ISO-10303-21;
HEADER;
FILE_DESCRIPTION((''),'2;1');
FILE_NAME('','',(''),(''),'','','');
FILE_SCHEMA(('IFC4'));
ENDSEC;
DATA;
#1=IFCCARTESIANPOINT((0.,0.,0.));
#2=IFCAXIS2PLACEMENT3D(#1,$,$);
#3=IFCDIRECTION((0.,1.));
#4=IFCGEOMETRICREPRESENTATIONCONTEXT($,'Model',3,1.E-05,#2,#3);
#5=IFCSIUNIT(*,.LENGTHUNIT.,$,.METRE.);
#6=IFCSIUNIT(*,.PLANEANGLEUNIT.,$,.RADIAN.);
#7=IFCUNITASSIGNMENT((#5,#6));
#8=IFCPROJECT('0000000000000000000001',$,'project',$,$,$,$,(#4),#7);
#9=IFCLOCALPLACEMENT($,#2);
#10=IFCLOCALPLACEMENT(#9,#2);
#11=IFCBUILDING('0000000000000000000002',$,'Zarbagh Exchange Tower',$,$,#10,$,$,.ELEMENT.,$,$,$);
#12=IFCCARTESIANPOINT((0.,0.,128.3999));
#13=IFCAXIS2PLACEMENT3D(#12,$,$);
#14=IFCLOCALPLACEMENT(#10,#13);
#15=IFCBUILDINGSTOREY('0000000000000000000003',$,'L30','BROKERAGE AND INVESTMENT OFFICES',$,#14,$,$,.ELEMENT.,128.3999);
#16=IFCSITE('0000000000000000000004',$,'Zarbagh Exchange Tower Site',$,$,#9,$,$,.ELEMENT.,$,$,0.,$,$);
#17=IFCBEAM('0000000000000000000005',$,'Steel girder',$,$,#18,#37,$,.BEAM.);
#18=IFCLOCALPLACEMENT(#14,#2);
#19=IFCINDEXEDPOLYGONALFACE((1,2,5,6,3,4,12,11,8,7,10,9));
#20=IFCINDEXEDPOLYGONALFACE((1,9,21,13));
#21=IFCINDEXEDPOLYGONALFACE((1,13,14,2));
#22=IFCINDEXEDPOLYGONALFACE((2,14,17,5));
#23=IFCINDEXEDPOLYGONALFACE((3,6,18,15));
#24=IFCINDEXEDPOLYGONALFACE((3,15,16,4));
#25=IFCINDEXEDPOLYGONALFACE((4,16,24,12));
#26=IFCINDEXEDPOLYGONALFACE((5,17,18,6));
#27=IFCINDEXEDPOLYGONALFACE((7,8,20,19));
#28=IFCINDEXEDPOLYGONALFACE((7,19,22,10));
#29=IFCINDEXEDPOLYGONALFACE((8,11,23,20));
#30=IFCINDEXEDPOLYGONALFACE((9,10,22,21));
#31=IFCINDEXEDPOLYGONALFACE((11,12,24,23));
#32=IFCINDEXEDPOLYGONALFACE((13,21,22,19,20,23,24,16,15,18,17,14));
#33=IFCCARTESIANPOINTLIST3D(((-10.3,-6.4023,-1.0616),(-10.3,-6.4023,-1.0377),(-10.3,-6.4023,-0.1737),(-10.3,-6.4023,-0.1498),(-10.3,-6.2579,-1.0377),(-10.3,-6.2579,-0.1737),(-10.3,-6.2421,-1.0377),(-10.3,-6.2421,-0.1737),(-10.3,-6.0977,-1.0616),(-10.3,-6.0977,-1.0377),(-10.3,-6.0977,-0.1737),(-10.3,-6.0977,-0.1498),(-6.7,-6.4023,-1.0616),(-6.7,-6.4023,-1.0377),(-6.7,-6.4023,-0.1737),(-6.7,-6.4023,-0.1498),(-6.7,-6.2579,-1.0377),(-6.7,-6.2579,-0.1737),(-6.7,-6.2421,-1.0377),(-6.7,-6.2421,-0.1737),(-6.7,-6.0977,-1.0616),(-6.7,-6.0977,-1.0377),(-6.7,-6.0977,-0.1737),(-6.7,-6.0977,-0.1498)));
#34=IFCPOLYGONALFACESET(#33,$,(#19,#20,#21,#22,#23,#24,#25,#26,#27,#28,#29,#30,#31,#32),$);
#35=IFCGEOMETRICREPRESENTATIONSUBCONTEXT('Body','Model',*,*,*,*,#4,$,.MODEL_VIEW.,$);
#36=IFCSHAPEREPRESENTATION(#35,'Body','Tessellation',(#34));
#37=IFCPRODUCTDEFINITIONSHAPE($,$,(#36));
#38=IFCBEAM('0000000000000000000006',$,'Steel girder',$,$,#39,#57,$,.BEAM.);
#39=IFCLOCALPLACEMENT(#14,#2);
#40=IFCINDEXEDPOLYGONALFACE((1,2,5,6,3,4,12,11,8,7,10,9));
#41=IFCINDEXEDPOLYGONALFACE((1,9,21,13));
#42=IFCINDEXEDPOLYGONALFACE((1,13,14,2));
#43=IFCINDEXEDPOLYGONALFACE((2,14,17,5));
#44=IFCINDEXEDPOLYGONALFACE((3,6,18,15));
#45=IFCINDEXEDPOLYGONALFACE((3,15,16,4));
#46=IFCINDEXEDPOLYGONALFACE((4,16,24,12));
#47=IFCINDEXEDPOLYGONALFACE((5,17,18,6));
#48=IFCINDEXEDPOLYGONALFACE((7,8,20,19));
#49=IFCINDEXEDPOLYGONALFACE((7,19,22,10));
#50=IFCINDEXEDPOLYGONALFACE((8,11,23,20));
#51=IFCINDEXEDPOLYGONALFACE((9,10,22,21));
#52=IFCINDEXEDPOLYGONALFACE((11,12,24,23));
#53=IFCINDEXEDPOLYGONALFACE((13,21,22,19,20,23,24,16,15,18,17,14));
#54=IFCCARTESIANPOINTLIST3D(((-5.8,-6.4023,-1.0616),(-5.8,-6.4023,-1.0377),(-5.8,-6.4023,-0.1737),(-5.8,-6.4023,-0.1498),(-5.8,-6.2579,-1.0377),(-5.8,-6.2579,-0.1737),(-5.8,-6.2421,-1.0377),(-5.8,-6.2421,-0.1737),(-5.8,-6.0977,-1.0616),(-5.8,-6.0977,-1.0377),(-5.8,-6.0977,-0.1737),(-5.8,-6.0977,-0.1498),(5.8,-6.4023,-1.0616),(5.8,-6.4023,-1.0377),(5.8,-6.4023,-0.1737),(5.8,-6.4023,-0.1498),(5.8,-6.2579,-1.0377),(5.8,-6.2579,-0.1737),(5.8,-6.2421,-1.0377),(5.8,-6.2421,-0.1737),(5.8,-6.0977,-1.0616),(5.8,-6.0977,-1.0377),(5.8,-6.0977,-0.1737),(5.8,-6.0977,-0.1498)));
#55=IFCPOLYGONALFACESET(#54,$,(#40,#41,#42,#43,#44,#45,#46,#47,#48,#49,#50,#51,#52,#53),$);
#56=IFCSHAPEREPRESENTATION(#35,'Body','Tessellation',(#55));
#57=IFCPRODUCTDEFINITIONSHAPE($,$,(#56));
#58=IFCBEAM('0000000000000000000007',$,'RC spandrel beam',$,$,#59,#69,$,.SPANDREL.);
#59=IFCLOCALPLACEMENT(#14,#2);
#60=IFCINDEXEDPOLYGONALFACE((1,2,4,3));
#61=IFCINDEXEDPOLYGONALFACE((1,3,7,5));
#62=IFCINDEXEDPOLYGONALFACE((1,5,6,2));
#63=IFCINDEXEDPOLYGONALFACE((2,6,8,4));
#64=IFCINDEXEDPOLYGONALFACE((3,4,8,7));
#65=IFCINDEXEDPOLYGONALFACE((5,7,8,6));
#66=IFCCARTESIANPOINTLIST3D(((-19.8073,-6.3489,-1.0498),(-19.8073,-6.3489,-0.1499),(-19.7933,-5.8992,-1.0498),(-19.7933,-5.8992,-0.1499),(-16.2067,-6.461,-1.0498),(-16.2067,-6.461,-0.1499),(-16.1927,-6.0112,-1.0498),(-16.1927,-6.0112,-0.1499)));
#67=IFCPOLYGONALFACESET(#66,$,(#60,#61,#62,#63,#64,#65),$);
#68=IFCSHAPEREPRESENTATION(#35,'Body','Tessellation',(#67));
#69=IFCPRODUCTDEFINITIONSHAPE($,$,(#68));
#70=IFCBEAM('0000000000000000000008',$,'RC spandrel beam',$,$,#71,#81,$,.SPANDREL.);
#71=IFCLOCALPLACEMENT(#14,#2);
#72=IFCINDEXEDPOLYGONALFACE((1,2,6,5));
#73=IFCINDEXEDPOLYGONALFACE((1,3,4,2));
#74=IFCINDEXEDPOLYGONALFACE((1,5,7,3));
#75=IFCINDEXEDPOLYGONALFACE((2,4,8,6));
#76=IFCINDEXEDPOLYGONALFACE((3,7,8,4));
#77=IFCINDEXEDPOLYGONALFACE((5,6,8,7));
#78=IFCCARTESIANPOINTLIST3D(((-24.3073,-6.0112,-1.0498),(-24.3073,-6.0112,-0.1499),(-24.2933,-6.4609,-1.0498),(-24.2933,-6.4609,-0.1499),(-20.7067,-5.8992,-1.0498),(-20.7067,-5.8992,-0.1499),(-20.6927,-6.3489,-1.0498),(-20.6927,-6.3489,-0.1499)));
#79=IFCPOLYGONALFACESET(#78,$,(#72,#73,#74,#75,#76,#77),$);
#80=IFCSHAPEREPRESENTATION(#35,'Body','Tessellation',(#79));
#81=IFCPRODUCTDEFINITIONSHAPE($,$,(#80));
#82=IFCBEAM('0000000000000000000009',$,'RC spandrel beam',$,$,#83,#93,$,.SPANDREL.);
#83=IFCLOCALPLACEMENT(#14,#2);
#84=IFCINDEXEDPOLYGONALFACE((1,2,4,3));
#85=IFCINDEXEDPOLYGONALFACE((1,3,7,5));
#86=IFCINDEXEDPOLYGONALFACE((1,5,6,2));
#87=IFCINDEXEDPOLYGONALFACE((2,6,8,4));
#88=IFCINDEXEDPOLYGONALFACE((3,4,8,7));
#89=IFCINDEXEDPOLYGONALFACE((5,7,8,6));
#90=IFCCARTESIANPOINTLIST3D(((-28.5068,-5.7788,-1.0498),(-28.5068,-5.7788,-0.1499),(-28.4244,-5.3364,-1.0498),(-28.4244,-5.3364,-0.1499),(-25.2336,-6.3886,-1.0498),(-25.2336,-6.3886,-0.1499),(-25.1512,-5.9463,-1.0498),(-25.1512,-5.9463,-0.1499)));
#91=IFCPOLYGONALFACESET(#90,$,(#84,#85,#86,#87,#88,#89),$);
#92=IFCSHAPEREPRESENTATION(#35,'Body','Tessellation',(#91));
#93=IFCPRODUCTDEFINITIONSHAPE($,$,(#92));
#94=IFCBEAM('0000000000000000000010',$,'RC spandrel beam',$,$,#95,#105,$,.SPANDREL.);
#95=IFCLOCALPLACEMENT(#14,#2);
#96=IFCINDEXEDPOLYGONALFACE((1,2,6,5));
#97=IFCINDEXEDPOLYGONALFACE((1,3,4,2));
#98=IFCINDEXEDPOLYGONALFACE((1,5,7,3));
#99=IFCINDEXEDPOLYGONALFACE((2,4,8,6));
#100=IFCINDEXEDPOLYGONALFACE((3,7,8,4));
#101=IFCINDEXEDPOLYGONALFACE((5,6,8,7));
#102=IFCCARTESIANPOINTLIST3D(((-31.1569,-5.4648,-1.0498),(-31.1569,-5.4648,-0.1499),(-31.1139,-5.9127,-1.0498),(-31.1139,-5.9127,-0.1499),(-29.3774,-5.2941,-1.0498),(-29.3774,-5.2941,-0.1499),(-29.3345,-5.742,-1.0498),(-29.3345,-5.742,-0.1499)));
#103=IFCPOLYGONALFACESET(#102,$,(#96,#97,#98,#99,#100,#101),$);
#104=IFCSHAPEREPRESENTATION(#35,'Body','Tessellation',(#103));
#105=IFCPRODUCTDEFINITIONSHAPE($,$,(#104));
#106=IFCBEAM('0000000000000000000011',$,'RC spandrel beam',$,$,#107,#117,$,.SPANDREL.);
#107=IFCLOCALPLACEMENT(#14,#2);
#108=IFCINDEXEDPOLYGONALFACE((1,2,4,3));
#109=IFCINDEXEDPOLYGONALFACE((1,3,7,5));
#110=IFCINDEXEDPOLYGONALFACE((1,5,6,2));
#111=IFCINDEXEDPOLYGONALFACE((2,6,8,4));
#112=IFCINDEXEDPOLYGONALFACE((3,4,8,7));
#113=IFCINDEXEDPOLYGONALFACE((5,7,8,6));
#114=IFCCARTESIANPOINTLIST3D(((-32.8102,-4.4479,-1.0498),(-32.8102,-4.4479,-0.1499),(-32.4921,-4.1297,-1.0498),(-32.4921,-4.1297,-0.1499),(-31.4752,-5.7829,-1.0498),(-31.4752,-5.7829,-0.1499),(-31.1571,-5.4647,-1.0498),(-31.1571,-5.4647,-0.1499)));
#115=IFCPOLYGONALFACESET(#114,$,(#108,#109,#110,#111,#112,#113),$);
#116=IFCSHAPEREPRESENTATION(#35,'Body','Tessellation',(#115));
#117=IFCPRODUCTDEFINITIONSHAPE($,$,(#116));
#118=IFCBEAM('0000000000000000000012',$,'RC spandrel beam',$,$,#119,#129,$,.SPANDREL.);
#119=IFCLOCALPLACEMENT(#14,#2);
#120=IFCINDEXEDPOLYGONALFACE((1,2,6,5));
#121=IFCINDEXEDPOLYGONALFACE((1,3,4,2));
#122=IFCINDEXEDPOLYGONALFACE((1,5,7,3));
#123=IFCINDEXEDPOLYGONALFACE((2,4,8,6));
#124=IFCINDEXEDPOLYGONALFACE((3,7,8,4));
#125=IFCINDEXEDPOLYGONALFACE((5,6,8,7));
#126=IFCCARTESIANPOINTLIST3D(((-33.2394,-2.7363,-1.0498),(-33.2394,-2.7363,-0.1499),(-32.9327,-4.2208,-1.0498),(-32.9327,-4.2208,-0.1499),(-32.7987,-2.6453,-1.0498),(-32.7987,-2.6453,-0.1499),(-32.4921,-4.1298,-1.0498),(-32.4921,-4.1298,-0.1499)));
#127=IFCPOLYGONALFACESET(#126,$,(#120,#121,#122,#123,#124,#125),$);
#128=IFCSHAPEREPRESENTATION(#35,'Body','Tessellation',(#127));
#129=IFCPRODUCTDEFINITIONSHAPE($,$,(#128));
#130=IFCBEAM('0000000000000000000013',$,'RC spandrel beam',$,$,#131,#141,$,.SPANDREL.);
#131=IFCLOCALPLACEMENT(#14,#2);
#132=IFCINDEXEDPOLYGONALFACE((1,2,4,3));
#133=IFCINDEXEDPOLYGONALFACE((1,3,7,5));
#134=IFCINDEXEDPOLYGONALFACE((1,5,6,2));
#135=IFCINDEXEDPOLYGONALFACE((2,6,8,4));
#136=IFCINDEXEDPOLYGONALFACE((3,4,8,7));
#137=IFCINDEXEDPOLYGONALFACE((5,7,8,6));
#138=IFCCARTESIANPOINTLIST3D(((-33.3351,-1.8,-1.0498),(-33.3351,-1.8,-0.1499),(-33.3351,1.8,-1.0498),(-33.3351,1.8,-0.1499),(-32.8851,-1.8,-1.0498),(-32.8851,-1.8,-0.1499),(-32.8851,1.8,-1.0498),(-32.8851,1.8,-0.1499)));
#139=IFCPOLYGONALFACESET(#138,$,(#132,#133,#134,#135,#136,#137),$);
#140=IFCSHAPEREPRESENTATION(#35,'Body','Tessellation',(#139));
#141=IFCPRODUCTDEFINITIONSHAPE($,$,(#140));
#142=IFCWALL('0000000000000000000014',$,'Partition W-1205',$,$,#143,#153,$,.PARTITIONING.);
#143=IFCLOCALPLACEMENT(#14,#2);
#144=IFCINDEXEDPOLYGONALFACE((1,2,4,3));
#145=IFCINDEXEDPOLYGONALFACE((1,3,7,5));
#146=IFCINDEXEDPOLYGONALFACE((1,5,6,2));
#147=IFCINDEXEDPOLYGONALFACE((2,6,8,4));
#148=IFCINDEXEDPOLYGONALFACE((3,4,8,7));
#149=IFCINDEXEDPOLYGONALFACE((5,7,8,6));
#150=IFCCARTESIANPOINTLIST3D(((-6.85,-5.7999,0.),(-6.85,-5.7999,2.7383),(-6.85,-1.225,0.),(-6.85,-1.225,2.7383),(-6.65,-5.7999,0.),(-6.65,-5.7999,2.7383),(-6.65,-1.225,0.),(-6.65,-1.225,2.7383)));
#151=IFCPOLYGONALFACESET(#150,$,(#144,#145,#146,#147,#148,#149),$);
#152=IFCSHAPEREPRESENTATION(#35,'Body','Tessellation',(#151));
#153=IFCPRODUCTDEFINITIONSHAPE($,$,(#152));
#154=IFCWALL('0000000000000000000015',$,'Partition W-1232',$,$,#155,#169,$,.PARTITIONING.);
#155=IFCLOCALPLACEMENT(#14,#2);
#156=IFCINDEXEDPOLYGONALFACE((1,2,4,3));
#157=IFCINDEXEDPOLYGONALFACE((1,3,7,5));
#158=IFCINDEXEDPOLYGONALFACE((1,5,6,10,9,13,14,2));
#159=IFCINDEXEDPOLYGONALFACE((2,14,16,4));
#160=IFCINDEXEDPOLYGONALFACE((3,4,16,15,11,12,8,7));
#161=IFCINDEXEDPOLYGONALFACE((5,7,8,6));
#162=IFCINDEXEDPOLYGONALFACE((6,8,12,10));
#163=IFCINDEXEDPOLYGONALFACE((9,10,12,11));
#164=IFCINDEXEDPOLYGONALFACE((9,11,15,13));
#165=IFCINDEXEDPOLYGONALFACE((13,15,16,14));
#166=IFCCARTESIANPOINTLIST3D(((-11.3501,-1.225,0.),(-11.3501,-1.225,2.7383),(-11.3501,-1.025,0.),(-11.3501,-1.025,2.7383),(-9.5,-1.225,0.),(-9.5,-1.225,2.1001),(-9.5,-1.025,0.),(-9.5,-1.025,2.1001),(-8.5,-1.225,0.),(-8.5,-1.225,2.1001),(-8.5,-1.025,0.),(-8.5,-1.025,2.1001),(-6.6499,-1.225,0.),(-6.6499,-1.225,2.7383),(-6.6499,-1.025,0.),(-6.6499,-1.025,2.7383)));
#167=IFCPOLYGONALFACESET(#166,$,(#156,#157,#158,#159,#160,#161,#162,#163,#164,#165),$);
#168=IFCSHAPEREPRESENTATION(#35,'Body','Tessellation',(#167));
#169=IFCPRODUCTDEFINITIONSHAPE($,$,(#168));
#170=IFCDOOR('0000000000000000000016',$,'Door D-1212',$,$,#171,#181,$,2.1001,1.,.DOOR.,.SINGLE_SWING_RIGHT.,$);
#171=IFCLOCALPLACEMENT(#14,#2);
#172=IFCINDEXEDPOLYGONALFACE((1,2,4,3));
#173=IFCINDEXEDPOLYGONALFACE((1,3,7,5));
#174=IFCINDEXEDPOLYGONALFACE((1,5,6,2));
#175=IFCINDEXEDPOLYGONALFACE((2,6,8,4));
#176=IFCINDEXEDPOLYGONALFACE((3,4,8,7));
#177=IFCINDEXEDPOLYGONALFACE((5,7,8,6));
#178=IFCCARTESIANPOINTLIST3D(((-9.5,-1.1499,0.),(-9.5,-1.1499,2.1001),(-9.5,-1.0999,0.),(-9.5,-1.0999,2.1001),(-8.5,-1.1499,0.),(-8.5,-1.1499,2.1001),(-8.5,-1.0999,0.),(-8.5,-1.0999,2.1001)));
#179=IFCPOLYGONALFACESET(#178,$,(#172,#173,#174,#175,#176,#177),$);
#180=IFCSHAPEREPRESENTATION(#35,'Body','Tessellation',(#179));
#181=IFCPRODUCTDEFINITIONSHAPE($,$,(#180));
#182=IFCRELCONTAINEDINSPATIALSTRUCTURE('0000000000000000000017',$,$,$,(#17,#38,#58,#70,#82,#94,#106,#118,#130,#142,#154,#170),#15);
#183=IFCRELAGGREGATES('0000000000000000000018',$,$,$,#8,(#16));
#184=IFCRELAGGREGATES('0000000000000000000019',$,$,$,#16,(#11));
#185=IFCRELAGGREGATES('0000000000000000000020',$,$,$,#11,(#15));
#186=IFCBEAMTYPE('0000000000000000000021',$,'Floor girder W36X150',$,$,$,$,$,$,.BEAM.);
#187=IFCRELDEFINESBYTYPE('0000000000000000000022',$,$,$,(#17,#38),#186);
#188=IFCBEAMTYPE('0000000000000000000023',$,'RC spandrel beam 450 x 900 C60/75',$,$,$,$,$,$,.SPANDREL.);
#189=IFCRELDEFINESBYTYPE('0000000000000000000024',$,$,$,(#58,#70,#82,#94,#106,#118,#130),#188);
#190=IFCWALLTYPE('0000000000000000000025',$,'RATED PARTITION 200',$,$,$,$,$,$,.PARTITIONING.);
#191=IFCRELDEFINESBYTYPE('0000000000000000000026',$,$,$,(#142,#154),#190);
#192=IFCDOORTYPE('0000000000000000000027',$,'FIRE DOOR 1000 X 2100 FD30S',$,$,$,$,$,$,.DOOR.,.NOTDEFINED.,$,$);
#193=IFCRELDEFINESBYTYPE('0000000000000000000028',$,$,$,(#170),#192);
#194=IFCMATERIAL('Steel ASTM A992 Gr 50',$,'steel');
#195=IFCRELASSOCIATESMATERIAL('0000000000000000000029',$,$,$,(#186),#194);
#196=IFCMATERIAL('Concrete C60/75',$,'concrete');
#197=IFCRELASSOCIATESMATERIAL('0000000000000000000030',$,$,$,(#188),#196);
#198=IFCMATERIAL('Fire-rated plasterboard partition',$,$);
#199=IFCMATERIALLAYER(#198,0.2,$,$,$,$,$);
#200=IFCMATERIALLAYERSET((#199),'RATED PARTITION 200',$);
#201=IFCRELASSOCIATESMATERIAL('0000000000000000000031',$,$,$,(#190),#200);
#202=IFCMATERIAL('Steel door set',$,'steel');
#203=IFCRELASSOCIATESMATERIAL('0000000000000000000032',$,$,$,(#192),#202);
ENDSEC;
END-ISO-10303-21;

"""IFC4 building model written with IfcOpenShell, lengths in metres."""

from ifc_helpers import new_model, si_unit, direction, frame, frame_2d, origin, origin_2d, place, context, subcontext, project, spatial, rectangle, i_section, extrude, material, layer, layer_set, material_profile, profile_set, type_object, element, fill, save


model = new_model("IFC4")

# Units and contexts
model_context = context("Model", 3, precision=1e-05, world=origin(), true_north=direction((0.0, 1.0)))
body_context = subcontext(model_context, "Body", "Model", "MODEL_VIEW")
ifc_project = project(units=[si_unit("LENGTHUNIT", "METRE"), si_unit("PLANEANGLEUNIT", "RADIAN")], contexts=[model_context])

# Site, building, storey
site_placement = place(None, origin())
site = spatial("IfcSite", under=ifc_project, at=site_placement, Name="Zarbagh Exchange Tower Site", CompositionType="ELEMENT", RefElevation=0.0)
building_placement = place(site_placement, origin())
building = spatial("IfcBuilding", under=site, at=building_placement, Name="Zarbagh Exchange Tower", CompositionType="ELEMENT")
storey_placement = place(building_placement, frame((0.0, 0.0, 128.3999)))
storey = spatial("IfcBuildingStorey", under=building, at=storey_placement, Name="L30", Description="BROKERAGE AND INVESTMENT OFFICES", CompositionType="ELEMENT", Elevation=128.3999)

# Shared definitions
ifc_material_1 = material(Name="Concrete C60/75", Category="concrete")

# Beams
ifc_material_2 = material(Name="Steel ASTM A992 Gr 50", Category="steel")
ifc_material_profile_1 = material_profile(ifc_material_2, i_section(OverallWidth=0.3047, OverallDepth=0.9119, WebThickness=0.0159, FlangeThickness=0.0239, at=origin_2d()), Name="W36X150")
ifc_profile_set_1 = profile_set([ifc_material_profile_1], Name="Steel ASTM A992 Gr 50")
beam_type_1 = type_object("IfcBeamType", Name="Floor girder W36X150", PredefinedType="BEAM", material=ifc_profile_set_1)
beam_1_placement = place(storey_placement, frame((-10.3, -6.25, -0.6057), z_axis=(1.0, 0.0, 0.0), x_axis=(0.0, 1.0, 0.0)))
element("IfcBeam", 1, at=beam_1_placement, inside=storey, type_object=beam_type_1, Name="Steel girder", PredefinedType="BEAM", context=body_context, shape_type="SweptSolid", body=[
    extrude(i_section(OverallWidth=0.3047, OverallDepth=0.9119, WebThickness=0.0159, FlangeThickness=0.0239, at=origin_2d()), origin(), (0.0, 0.0, 1.0), 3.6001),
])
beam_2_placement = place(storey_placement, frame((-5.8, -6.25, -0.6057), z_axis=(1.0, 0.0, 0.0), x_axis=(0.0, 1.0, 0.0)))
element("IfcBeam", 2, at=beam_2_placement, inside=storey, type_object=beam_type_1, Name="Steel girder", PredefinedType="BEAM", context=body_context, shape_type="SweptSolid", body=[
    extrude(i_section(OverallWidth=0.3047, OverallDepth=0.9119, WebThickness=0.0159, FlangeThickness=0.0239, at=origin_2d()), origin(), (0.0, 0.0, 1.0), 11.6001),
])
ifc_material_profile_2 = material_profile(ifc_material_1, rectangle(XDim=0.45, YDim=0.8999, at=origin_2d()), Name="RC spandrel beam 450 x 900 C60/75")
ifc_profile_set_2 = profile_set([ifc_material_profile_2], Name="Concrete C60/75")
beam_type_2 = type_object("IfcBeamType", Name="RC spandrel beam 450 x 900 C60/75", PredefinedType="SPANDREL", material=ifc_profile_set_2)
for number, where, z_axis, x_axis, name in (
    (3, (-16.1997, -6.2361, -0.5999), (-0.999516, 0.031108, 0.0), (-0.031108, -0.999516, 0.0), "RC spandrel beam"),
    (4, (-20.6997, -6.124, -0.5999), (-0.999516, -0.031108, 0.0), (0.031108, -0.999516, 0.0), "RC spandrel beam"),
):
    element("IfcBeam", number, at=place(storey_placement, frame(where, z_axis=z_axis, x_axis=x_axis)), inside=storey, type_object=beam_type_2, Name=name, PredefinedType="SPANDREL", context=body_context, shape_type="SweptSolid", body=[
        extrude(rectangle(XDim=0.45, YDim=0.8999, at=origin_2d()), origin(), (0.0, 0.0, 1.0), 3.6023),
    ])
beam_3_placement = place(storey_placement, frame((-25.1924, -6.1675, -0.5999), z_axis=(-0.983082, 0.183168, 0.0), x_axis=(-0.183168, -0.983082, 0.0)))
element("IfcBeam", 5, at=beam_3_placement, inside=storey, type_object=beam_type_2, Name="RC spandrel beam", PredefinedType="SPANDREL", context=body_context, shape_type="SweptSolid", body=[
    extrude(rectangle(XDim=0.45, YDim=0.8999, at=origin_2d()), origin(), (0.0, 0.0, 1.0), 3.3296),
])
beam_4_placement = place(storey_placement, frame((-29.356, -5.5181, -0.5999), z_axis=(-0.995433, -0.09546, 0.0), x_axis=(0.09546, -0.995433, 0.0)))
element("IfcBeam", 6, at=beam_4_placement, inside=storey, type_object=beam_type_2, Name="RC spandrel beam", PredefinedType="SPANDREL", context=body_context, shape_type="SweptSolid", body=[
    extrude(rectangle(XDim=0.45, YDim=0.8999, at=origin_2d()), origin(), (0.0, 0.0, 1.0), 1.7876),
])
beam_5_placement = place(storey_placement, frame((-31.3162, -5.6238, -0.5999), z_axis=(-0.707107, 0.707107, 0.0), x_axis=(-0.707107, -0.707107, 0.0)))
element("IfcBeam", 7, at=beam_5_placement, inside=storey, type_object=beam_type_2, Name="RC spandrel beam", PredefinedType="SPANDREL", context=body_context, shape_type="SweptSolid", body=[
    extrude(rectangle(XDim=0.45, YDim=0.8999, at=origin_2d()), origin(), (0.0, 0.0, 1.0), 1.8879),
])
beam_6_placement = place(storey_placement, frame((-32.7124, -4.1753, -0.5999), z_axis=(-0.202275, 0.979329, 0.0), x_axis=(-0.979329, -0.202275, 0.0)))
element("IfcBeam", 8, at=beam_6_placement, inside=storey, type_object=beam_type_2, Name="RC spandrel beam", PredefinedType="SPANDREL", context=body_context, shape_type="SweptSolid", body=[
    extrude(rectangle(XDim=0.45, YDim=0.8999, at=origin_2d()), origin(), (0.0, 0.0, 1.0), 1.5159),
])
beam_7_placement = place(storey_placement, frame((-33.1101, -1.8, -0.5999), z_axis=(0.0, 1.0, 0.0), x_axis=(-1.0, 0.0, 0.0)))
element("IfcBeam", 9, at=beam_7_placement, inside=storey, type_object=beam_type_2, Name="RC spandrel beam", PredefinedType="SPANDREL", context=body_context, shape_type="SweptSolid", body=[
    extrude(rectangle(XDim=0.45, YDim=0.8999, at=origin_2d()), origin(), (0.0, 0.0, 1.0), 3.6001),
])

# Wall
ifc_material_3 = material(Name="Fire-rated plasterboard partition")
ifc_layer = layer(ifc_material_3, 0.2)
ifc_layer_set = layer_set([ifc_layer], Name="RATED PARTITION 200")
wall_type = type_object("IfcWallType", Name="RATED PARTITION 200", PredefinedType="PARTITIONING", material=ifc_layer_set)
wall_1_placement = place(storey_placement, frame((-6.75, -5.8, 0.0), z_axis=(0.0, 0.0, 1.0), x_axis=(0.0, 1.0, 0.0)))
element("IfcWall", 10, at=wall_1_placement, inside=storey, type_object=wall_type, Name="Partition W-1205", PredefinedType="PARTITIONING", context=body_context, shape_type="SweptSolid", body=[
    extrude(rectangle(XDim=4.575, YDim=0.2, at=frame_2d((2.2876, 0.0))), origin(), (0.0, 0.0, 1.0), 2.7383),
])

# Wall, opening, door
wall_2_placement = place(storey_placement, frame((-6.6499, -1.125, 0.0), z_axis=(0.0, 0.0, 1.0), x_axis=(-1.0, 0.0, 0.0)))
wall_2 = element("IfcWall", 11, at=wall_2_placement, inside=storey, type_object=wall_type, Name="Partition W-1232", PredefinedType="PARTITIONING", context=body_context, shape_type="SweptSolid", body=[
    extrude(rectangle(XDim=4.7002, YDim=0.2, at=frame_2d((2.3501, 0.0))), origin(), (0.0, 0.0, 1.0), 2.7383),
])
opening_placement = place(wall_2_placement, frame((1.8501, 0.0, 0.0)))
opening = element("IfcOpeningElement", 12, at=opening_placement, cuts=wall_2, PredefinedType="OPENING", context=body_context, shape_type="SweptSolid", body=[
    extrude(rectangle(XDim=1.0, YDim=2.1001, at=frame_2d((0.5, 1.05))), frame((0.0, 0.1099, 0.0), z_axis=(0.0, -1.0, 0.0), x_axis=(1.0, 0.0, 0.0)), (0.0, 0.0, 1.0), 0.22),
])
ifc_material_4 = material(Name="Steel door set", Category="steel")
door_type = type_object("IfcDoorType", Name="FIRE DOOR 1000 X 2100 FD30S", OperationType="NOTDEFINED", PredefinedType="DOOR", material=ifc_material_4)
door_placement = place(opening_placement, origin())
door = element("IfcDoor", 13, at=door_placement, inside=storey, type_object=door_type, Name="Door D-1212", OperationType="SINGLE_SWING_RIGHT", OverallHeight=2.1001, OverallWidth=1.0, PredefinedType="DOOR", context=body_context, shape_type="SweptSolid", body=[
    extrude(rectangle(XDim=1.0, YDim=2.1001, at=frame_2d((0.5, 1.05))), frame((0.0, 0.0249, 0.0), z_axis=(0.0, -1.0, 0.0), x_axis=(1.0, 0.0, 0.0)), (0.0, 0.0, 1.0), 0.05),
])
fill(opening, door)

save(model, "model.ifc")
